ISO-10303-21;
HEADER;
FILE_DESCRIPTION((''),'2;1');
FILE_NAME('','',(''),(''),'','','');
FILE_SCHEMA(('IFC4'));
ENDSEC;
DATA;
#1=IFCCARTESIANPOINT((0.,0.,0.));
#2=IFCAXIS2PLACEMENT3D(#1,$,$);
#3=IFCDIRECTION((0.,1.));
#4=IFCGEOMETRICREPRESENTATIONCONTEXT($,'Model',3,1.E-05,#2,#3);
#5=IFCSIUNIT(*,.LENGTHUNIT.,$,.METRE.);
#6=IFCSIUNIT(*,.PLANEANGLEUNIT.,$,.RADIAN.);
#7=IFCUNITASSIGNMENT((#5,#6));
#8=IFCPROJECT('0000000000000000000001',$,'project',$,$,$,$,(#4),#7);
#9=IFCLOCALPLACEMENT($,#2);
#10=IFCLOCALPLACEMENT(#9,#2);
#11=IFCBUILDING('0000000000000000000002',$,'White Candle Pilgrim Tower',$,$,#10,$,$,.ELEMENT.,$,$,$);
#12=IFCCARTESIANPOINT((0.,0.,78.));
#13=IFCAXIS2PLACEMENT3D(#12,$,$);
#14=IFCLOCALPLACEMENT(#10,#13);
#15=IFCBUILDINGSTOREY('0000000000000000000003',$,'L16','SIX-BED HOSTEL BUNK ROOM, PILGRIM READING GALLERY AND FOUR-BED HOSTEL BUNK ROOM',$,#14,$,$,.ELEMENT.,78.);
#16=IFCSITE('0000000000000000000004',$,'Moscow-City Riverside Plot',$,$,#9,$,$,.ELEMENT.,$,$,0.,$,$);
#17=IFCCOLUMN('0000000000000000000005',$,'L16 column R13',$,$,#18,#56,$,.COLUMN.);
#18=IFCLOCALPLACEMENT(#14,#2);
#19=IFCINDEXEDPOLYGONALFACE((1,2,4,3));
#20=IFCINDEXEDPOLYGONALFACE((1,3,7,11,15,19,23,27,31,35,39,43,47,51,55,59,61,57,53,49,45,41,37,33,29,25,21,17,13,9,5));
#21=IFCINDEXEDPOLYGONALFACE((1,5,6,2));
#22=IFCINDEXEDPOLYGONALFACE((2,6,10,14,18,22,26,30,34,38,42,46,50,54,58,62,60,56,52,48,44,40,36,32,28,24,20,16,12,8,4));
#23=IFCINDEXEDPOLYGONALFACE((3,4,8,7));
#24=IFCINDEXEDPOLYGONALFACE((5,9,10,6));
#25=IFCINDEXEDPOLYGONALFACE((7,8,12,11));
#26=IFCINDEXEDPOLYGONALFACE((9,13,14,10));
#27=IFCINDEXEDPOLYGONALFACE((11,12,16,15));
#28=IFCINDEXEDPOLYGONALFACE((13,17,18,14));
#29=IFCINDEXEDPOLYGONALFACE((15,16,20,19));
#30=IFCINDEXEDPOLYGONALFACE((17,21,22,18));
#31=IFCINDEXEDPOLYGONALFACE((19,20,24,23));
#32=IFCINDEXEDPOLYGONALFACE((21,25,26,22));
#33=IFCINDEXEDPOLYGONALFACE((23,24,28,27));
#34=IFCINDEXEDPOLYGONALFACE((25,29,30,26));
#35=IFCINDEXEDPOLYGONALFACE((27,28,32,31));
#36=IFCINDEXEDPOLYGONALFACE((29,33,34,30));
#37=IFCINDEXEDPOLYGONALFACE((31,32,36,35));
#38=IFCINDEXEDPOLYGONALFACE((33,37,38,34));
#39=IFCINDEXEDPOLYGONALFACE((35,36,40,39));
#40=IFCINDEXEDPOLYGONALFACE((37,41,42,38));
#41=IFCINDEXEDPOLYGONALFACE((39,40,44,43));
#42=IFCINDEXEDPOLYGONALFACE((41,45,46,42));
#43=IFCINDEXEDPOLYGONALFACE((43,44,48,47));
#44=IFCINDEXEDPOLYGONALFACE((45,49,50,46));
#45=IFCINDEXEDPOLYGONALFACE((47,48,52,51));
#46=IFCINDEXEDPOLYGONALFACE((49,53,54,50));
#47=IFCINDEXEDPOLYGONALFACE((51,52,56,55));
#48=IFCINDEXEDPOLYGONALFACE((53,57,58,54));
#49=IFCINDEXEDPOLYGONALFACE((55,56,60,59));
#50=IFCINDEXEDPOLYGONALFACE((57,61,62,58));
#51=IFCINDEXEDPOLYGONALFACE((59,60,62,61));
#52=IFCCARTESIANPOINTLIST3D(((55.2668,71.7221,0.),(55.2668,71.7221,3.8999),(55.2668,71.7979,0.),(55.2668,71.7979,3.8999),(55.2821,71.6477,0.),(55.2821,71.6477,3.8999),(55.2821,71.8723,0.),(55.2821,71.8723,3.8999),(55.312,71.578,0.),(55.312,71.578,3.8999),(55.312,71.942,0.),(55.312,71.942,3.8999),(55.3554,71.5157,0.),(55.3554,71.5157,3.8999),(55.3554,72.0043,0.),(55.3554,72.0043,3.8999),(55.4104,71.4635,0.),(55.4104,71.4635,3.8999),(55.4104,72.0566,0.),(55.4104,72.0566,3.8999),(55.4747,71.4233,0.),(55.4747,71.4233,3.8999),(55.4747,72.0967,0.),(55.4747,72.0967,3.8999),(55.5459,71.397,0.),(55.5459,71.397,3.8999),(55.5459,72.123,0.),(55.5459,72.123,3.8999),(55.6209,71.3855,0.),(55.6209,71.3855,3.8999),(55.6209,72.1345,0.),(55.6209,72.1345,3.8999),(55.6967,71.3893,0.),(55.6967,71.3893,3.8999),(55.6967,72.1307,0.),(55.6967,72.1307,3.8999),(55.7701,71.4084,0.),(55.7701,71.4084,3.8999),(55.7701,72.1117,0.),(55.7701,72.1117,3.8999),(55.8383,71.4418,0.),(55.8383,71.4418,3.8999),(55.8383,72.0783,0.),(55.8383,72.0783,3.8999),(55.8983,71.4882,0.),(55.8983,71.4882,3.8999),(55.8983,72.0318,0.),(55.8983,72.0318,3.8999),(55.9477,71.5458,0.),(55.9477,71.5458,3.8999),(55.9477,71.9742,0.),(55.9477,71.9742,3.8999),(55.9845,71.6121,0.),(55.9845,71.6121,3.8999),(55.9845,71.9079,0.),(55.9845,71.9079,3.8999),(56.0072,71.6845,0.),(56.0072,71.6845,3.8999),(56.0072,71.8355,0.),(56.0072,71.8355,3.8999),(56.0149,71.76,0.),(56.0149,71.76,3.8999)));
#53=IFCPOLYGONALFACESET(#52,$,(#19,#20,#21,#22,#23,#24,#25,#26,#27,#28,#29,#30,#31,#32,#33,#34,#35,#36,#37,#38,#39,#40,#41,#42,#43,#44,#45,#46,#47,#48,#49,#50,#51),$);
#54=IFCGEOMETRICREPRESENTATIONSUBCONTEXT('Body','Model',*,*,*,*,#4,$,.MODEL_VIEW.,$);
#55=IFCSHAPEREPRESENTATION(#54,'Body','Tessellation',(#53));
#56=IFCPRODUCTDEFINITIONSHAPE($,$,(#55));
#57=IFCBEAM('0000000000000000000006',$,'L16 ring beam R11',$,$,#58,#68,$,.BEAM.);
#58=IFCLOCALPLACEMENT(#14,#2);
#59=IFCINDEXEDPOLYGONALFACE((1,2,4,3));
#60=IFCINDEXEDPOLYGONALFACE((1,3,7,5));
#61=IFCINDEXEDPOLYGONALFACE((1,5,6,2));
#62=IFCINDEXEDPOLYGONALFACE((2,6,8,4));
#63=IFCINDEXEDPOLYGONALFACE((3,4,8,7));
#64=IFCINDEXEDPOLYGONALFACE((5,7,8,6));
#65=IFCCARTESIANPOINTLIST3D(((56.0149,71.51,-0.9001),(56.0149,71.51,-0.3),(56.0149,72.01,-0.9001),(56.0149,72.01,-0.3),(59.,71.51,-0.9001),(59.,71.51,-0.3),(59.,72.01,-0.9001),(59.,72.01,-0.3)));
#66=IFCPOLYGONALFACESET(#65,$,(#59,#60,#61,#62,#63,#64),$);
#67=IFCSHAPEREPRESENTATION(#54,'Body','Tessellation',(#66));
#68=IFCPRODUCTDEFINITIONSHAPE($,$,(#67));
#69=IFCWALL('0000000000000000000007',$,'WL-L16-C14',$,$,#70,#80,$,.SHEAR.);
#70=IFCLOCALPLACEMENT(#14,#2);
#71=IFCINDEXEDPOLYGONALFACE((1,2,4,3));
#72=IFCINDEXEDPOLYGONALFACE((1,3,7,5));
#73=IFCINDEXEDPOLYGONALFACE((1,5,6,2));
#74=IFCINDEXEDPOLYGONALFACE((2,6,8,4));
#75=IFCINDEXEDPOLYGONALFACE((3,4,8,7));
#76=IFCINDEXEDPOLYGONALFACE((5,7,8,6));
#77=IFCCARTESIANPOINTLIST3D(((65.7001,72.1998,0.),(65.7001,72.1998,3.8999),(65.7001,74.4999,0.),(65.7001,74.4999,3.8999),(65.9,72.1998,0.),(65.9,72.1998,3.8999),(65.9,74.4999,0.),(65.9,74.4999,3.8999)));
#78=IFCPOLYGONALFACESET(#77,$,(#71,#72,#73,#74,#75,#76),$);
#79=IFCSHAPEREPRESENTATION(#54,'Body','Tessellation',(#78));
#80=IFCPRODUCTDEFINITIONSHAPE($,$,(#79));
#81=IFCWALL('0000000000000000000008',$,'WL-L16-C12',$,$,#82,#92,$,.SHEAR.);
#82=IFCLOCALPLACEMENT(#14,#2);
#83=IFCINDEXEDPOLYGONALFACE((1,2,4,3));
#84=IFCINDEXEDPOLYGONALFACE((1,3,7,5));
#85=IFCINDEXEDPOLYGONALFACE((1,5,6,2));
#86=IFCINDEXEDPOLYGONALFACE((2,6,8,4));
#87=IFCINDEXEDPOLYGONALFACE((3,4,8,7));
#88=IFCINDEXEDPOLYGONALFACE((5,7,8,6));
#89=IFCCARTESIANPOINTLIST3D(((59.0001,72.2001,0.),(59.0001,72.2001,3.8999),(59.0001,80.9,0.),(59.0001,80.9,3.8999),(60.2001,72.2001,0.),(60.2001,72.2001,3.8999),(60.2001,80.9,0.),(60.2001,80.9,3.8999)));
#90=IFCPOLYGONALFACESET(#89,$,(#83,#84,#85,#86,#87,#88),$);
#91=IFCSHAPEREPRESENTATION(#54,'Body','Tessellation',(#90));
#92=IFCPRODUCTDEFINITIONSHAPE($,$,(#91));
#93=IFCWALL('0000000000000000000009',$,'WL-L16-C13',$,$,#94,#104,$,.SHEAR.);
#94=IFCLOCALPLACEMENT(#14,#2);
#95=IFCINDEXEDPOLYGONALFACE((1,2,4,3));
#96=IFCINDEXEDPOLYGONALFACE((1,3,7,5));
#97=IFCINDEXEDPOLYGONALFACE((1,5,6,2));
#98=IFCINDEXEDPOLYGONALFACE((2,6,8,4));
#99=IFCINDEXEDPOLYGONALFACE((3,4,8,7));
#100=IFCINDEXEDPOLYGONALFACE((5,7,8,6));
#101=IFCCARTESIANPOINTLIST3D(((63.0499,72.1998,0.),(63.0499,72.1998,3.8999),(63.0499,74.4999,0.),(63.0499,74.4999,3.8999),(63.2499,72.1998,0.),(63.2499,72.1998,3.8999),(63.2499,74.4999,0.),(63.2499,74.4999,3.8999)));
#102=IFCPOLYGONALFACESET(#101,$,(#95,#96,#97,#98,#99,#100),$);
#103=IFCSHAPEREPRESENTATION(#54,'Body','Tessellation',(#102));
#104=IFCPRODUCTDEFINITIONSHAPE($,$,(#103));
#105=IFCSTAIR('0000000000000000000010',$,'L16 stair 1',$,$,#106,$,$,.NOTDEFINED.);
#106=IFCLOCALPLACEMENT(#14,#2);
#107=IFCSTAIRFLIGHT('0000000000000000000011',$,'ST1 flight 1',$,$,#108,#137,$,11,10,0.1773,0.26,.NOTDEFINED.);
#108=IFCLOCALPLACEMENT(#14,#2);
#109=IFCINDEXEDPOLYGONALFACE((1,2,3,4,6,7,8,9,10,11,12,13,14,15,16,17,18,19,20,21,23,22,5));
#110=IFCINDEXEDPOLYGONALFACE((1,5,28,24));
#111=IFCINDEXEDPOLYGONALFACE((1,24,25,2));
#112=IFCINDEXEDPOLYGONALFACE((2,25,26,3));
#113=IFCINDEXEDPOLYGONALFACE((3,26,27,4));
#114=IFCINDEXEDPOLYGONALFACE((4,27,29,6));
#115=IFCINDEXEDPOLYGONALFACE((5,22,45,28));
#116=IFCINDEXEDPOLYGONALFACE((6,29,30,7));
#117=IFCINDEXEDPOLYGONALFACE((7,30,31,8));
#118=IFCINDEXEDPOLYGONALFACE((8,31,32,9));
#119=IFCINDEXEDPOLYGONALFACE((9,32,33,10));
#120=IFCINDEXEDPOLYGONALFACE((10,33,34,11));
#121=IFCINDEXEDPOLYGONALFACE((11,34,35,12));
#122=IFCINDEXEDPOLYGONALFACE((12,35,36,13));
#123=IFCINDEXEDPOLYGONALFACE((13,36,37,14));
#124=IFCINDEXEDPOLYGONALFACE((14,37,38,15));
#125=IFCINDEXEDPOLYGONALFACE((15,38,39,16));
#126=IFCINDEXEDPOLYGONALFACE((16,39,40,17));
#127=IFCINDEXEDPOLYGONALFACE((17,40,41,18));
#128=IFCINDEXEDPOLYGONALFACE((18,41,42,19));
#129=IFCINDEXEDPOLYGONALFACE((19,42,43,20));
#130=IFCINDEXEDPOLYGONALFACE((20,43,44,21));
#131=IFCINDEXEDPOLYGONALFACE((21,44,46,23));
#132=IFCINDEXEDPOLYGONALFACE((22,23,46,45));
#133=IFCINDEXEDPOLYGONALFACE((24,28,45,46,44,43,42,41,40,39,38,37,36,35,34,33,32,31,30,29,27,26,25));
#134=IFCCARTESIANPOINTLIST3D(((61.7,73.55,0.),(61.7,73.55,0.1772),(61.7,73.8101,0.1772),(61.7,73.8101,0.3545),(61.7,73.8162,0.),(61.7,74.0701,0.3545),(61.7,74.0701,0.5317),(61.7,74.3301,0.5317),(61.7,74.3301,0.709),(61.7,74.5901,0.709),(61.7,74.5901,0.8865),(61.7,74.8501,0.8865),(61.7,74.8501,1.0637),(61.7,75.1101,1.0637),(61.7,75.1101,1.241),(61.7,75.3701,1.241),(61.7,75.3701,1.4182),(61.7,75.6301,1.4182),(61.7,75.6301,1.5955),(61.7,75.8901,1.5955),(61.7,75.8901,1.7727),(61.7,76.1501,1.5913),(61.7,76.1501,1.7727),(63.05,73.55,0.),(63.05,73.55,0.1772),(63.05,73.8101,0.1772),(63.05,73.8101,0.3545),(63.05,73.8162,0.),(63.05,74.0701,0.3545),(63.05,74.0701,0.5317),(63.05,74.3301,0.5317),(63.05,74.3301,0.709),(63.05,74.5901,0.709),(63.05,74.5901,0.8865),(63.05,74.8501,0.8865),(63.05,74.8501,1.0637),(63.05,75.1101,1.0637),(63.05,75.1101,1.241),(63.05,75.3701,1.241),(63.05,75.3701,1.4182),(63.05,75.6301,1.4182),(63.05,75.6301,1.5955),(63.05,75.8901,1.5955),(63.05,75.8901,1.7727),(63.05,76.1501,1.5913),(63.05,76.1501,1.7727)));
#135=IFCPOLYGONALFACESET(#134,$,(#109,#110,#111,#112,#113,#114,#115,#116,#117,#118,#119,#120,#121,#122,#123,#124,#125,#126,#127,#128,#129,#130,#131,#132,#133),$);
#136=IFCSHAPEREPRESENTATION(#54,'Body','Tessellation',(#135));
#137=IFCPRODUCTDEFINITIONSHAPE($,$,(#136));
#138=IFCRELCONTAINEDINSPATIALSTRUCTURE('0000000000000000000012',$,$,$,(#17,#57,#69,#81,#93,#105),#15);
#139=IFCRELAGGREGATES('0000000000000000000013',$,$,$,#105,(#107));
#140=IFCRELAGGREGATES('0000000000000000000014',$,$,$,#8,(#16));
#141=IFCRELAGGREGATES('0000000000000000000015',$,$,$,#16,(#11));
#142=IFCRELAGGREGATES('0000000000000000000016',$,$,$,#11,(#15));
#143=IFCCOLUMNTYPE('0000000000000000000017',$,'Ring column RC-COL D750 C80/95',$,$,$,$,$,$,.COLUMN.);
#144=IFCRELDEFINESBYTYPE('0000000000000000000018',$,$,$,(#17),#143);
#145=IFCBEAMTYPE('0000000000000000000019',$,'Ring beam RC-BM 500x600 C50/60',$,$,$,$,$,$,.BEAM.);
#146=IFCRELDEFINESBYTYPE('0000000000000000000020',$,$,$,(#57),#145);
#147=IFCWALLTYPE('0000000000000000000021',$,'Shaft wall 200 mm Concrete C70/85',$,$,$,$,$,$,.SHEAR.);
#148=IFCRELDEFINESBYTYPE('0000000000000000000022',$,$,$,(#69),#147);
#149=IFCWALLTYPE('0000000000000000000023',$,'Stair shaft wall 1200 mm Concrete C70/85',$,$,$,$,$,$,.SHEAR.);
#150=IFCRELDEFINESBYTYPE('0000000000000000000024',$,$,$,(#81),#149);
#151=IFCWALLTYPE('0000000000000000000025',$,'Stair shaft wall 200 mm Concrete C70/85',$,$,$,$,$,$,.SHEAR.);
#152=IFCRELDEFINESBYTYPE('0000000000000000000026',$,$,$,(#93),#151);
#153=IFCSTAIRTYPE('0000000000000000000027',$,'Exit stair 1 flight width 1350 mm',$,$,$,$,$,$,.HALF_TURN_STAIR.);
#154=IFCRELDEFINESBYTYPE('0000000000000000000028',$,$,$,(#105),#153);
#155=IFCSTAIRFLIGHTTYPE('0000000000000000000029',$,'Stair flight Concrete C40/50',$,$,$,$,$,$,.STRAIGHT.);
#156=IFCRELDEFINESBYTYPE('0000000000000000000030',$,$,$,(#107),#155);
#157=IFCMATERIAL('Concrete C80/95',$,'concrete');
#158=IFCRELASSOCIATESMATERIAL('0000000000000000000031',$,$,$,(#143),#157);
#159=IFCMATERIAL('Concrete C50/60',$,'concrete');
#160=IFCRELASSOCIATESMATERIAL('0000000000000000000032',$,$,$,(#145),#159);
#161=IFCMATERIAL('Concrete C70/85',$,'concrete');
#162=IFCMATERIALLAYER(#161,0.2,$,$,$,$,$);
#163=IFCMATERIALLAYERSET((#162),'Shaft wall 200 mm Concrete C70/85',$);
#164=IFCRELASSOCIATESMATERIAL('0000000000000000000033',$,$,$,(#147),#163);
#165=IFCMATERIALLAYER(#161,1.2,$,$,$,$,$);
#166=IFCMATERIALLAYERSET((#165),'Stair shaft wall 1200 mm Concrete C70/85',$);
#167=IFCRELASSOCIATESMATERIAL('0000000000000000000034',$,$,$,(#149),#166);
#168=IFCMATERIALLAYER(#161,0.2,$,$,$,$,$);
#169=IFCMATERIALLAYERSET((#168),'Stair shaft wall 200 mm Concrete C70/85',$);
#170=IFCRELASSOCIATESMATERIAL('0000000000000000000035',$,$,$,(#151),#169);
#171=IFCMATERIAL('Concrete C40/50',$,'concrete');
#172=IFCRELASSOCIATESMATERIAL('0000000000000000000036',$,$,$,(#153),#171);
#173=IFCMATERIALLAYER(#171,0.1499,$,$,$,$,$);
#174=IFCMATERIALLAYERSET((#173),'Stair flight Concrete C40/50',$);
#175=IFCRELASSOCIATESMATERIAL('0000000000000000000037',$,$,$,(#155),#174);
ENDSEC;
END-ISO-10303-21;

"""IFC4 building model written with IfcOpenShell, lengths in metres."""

from ifc_helpers import new_model, si_unit, direction, frame, frame_2d, origin, origin_2d, place, context, subcontext, project, spatial, polyline, rectangle, circle, outline, extrude, material, layer, layer_set, material_profile, profile_set, type_object, element, aggregate, save


model = new_model("IFC4")

# Units and contexts
model_context = context("Model", 3, precision=1e-05, world=origin(), true_north=direction((0.0, 1.0)))
body_context = subcontext(model_context, "Body", "Model", "MODEL_VIEW")
ifc_project = project(units=[si_unit("LENGTHUNIT", "METRE"), si_unit("PLANEANGLEUNIT", "RADIAN")], contexts=[model_context])

# Site, building, storey
site_placement = place(None, origin())
site = spatial("IfcSite", under=ifc_project, at=site_placement, Name="Moscow-City Riverside Plot", CompositionType="ELEMENT", RefElevation=0.0)
building_placement = place(site_placement, origin())
building = spatial("IfcBuilding", under=site, at=building_placement, Name="White Candle Pilgrim Tower", CompositionType="ELEMENT")
storey_placement = place(building_placement, frame((0.0, 0.0, 78.0)))
storey = spatial("IfcBuildingStorey", under=building, at=storey_placement, Name="L16", Description="SIX-BED HOSTEL BUNK ROOM, PILGRIM READING GALLERY AND FOUR-BED HOSTEL BUNK ROOM", CompositionType="ELEMENT", Elevation=78.0)

# Column
ifc_material_1 = material(Name="Concrete C80/95", Category="concrete")
ifc_material_profile_1 = material_profile(ifc_material_1, circle(Radius=0.375, at=origin_2d()), Name="RC-COL D750")
ifc_profile_set_1 = profile_set([ifc_material_profile_1], Name="Concrete C80/95")
column_type = type_object("IfcColumnType", Name="Ring column RC-COL D750 C80/95", PredefinedType="COLUMN", material=ifc_profile_set_1)
column_placement = place(storey_placement, frame((55.6399, 71.76, 0.0), z_axis=(0.0, 0.0, 1.0), x_axis=(1.0, 0.0, 0.0)))
element("IfcColumn", 1, at=column_placement, inside=storey, type_object=column_type, Name="L16 column R13", PredefinedType="COLUMN", context=body_context, shape_type="SweptSolid", body=[
    extrude(circle(Radius=0.375, at=origin_2d()), origin(), (0.0, 0.0, 1.0), 3.8999),
])

# Beam
ifc_material_2 = material(Name="Concrete C50/60", Category="concrete")
ifc_material_profile_2 = material_profile(ifc_material_2, rectangle(XDim=0.5, YDim=0.6001, at=origin_2d()), Name="RC-BM 500x600")
ifc_profile_set_2 = profile_set([ifc_material_profile_2], Name="Concrete C50/60")
beam_type = type_object("IfcBeamType", Name="Ring beam RC-BM 500x600 C50/60", PredefinedType="BEAM", material=ifc_profile_set_2)
beam_placement = place(storey_placement, frame((56.0149, 71.76, -0.6001), z_axis=(1.0, 0.0, 0.0), x_axis=(0.0, 1.0, 0.0)))
element("IfcBeam", 2, at=beam_placement, inside=storey, type_object=beam_type, Name="L16 ring beam R11", PredefinedType="BEAM", context=body_context, shape_type="SweptSolid", body=[
    extrude(rectangle(XDim=0.5, YDim=0.6001, at=origin_2d()), origin(), (0.0, 0.0, 1.0), 2.9851),
])

# Walls
ifc_material_3 = material(Name="Concrete C70/85", Category="concrete")
ifc_layer_1 = layer(ifc_material_3, 0.2)
ifc_layer_set_1 = layer_set([ifc_layer_1], Name="Shaft wall 200 mm Concrete C70/85")
wall_type_1 = type_object("IfcWallType", Name="Shaft wall 200 mm Concrete C70/85", PredefinedType="SHEAR", material=ifc_layer_set_1)
wall_1_placement = place(storey_placement, frame((65.8, 72.2, 0.0), z_axis=(0.0, 0.0, 1.0), x_axis=(0.0, 1.0, 0.0)))
element("IfcWall", 3, at=wall_1_placement, inside=storey, type_object=wall_type_1, Name="WL-L16-C14", PredefinedType="SHEAR", context=body_context, shape_type="SweptSolid", body=[
    extrude(rectangle(XDim=2.3, YDim=0.2, at=frame_2d((1.1499, 0.0))), origin(), (0.0, 0.0, 1.0), 3.8999),
])
ifc_layer_2 = layer(ifc_material_3, 1.2)
ifc_layer_set_2 = layer_set([ifc_layer_2], Name="Stair shaft wall 1200 mm Concrete C70/85")
wall_type_2 = type_object("IfcWallType", Name="Stair shaft wall 1200 mm Concrete C70/85", PredefinedType="SHEAR", material=ifc_layer_set_2)
wall_2_placement = place(storey_placement, frame((59.6001, 72.2, 0.0), z_axis=(0.0, 0.0, 1.0), x_axis=(0.0, 1.0, 0.0)))
element("IfcWall", 4, at=wall_2_placement, inside=storey, type_object=wall_type_2, Name="WL-L16-C12", PredefinedType="SHEAR", context=body_context, shape_type="SweptSolid", body=[
    extrude(rectangle(XDim=8.7, YDim=1.2, at=frame_2d((4.3501, 0.0))), origin(), (0.0, 0.0, 1.0), 3.8999),
])
ifc_layer_3 = layer(ifc_material_3, 0.2)
ifc_layer_set_3 = layer_set([ifc_layer_3], Name="Stair shaft wall 200 mm Concrete C70/85")
wall_type_3 = type_object("IfcWallType", Name="Stair shaft wall 200 mm Concrete C70/85", PredefinedType="SHEAR", material=ifc_layer_set_3)
wall_3_placement = place(storey_placement, frame((63.1499, 72.2, 0.0), z_axis=(0.0, 0.0, 1.0), x_axis=(0.0, 1.0, 0.0)))
element("IfcWall", 5, at=wall_3_placement, inside=storey, type_object=wall_type_3, Name="WL-L16-C13", PredefinedType="SHEAR", context=body_context, shape_type="SweptSolid", body=[
    extrude(rectangle(XDim=2.3, YDim=0.2, at=frame_2d((1.1499, 0.0))), origin(), (0.0, 0.0, 1.0), 3.8999),
])

# Stair, stair flight
ifc_material_4 = material(Name="Concrete C40/50", Category="concrete")
stair_type = type_object("IfcStairType", Name="Exit stair 1 flight width 1350 mm", PredefinedType="HALF_TURN_STAIR", material=ifc_material_4)
stair_placement = place(storey_placement, origin())
stair = element("IfcStair", 6, at=stair_placement, inside=storey, type_object=stair_type, Name="L16 stair 1", PredefinedType="NOTDEFINED")
ifc_layer_4 = layer(ifc_material_4, 0.1499)
ifc_layer_set_4 = layer_set([ifc_layer_4], Name="Stair flight Concrete C40/50")
stair_flight_type = type_object("IfcStairFlightType", Name="Stair flight Concrete C40/50", PredefinedType="STRAIGHT", material=ifc_layer_set_4)
stair_flight_placement = place(storey_placement, frame((62.375, 73.55, 0.0), z_axis=(0.0, 0.0, 1.0), x_axis=(0.0, 1.0, 0.0)))
stair_flight = element("IfcStairFlight", 7, at=stair_flight_placement, type_object=stair_flight_type, Name="ST1 flight 1", NumberOfRisers=11, NumberOfTreads=10, PredefinedType="NOTDEFINED", RiserHeight=0.1773, TreadLength=0.26, context=body_context, shape_type="SweptSolid", body=[
    extrude(outline(polyline([(0.0, 0.0), (0.0, 0.1772), (0.26, 0.1772), (0.26, 0.3545), (0.52, 0.3545), (0.52, 0.5317), (0.78, 0.5317), (0.78, 0.709), (1.04, 0.709), (1.04, 0.8865), (1.3, 0.8865), (1.3, 1.0637), (1.5601, 1.0637), (1.5601, 1.241), (1.8201, 1.241), (1.8201, 1.4182), (2.0801, 1.4182), (2.0801, 1.5955), (2.3401, 1.5955), (2.3401, 1.7727), (2.6001, 1.7727), (2.6001, 1.95), (2.6001, 1.5913), (0.2661, 0.0), (0.0, 0.0)])), frame((0.0, 0.675, 0.0), z_axis=(0.0, -1.0, 0.0), x_axis=(1.0, 0.0, 0.0)), (0.0, 0.0, 1.0), 1.3501),
])
aggregate(stair, [stair_flight])

save(model, "model.ifc")
